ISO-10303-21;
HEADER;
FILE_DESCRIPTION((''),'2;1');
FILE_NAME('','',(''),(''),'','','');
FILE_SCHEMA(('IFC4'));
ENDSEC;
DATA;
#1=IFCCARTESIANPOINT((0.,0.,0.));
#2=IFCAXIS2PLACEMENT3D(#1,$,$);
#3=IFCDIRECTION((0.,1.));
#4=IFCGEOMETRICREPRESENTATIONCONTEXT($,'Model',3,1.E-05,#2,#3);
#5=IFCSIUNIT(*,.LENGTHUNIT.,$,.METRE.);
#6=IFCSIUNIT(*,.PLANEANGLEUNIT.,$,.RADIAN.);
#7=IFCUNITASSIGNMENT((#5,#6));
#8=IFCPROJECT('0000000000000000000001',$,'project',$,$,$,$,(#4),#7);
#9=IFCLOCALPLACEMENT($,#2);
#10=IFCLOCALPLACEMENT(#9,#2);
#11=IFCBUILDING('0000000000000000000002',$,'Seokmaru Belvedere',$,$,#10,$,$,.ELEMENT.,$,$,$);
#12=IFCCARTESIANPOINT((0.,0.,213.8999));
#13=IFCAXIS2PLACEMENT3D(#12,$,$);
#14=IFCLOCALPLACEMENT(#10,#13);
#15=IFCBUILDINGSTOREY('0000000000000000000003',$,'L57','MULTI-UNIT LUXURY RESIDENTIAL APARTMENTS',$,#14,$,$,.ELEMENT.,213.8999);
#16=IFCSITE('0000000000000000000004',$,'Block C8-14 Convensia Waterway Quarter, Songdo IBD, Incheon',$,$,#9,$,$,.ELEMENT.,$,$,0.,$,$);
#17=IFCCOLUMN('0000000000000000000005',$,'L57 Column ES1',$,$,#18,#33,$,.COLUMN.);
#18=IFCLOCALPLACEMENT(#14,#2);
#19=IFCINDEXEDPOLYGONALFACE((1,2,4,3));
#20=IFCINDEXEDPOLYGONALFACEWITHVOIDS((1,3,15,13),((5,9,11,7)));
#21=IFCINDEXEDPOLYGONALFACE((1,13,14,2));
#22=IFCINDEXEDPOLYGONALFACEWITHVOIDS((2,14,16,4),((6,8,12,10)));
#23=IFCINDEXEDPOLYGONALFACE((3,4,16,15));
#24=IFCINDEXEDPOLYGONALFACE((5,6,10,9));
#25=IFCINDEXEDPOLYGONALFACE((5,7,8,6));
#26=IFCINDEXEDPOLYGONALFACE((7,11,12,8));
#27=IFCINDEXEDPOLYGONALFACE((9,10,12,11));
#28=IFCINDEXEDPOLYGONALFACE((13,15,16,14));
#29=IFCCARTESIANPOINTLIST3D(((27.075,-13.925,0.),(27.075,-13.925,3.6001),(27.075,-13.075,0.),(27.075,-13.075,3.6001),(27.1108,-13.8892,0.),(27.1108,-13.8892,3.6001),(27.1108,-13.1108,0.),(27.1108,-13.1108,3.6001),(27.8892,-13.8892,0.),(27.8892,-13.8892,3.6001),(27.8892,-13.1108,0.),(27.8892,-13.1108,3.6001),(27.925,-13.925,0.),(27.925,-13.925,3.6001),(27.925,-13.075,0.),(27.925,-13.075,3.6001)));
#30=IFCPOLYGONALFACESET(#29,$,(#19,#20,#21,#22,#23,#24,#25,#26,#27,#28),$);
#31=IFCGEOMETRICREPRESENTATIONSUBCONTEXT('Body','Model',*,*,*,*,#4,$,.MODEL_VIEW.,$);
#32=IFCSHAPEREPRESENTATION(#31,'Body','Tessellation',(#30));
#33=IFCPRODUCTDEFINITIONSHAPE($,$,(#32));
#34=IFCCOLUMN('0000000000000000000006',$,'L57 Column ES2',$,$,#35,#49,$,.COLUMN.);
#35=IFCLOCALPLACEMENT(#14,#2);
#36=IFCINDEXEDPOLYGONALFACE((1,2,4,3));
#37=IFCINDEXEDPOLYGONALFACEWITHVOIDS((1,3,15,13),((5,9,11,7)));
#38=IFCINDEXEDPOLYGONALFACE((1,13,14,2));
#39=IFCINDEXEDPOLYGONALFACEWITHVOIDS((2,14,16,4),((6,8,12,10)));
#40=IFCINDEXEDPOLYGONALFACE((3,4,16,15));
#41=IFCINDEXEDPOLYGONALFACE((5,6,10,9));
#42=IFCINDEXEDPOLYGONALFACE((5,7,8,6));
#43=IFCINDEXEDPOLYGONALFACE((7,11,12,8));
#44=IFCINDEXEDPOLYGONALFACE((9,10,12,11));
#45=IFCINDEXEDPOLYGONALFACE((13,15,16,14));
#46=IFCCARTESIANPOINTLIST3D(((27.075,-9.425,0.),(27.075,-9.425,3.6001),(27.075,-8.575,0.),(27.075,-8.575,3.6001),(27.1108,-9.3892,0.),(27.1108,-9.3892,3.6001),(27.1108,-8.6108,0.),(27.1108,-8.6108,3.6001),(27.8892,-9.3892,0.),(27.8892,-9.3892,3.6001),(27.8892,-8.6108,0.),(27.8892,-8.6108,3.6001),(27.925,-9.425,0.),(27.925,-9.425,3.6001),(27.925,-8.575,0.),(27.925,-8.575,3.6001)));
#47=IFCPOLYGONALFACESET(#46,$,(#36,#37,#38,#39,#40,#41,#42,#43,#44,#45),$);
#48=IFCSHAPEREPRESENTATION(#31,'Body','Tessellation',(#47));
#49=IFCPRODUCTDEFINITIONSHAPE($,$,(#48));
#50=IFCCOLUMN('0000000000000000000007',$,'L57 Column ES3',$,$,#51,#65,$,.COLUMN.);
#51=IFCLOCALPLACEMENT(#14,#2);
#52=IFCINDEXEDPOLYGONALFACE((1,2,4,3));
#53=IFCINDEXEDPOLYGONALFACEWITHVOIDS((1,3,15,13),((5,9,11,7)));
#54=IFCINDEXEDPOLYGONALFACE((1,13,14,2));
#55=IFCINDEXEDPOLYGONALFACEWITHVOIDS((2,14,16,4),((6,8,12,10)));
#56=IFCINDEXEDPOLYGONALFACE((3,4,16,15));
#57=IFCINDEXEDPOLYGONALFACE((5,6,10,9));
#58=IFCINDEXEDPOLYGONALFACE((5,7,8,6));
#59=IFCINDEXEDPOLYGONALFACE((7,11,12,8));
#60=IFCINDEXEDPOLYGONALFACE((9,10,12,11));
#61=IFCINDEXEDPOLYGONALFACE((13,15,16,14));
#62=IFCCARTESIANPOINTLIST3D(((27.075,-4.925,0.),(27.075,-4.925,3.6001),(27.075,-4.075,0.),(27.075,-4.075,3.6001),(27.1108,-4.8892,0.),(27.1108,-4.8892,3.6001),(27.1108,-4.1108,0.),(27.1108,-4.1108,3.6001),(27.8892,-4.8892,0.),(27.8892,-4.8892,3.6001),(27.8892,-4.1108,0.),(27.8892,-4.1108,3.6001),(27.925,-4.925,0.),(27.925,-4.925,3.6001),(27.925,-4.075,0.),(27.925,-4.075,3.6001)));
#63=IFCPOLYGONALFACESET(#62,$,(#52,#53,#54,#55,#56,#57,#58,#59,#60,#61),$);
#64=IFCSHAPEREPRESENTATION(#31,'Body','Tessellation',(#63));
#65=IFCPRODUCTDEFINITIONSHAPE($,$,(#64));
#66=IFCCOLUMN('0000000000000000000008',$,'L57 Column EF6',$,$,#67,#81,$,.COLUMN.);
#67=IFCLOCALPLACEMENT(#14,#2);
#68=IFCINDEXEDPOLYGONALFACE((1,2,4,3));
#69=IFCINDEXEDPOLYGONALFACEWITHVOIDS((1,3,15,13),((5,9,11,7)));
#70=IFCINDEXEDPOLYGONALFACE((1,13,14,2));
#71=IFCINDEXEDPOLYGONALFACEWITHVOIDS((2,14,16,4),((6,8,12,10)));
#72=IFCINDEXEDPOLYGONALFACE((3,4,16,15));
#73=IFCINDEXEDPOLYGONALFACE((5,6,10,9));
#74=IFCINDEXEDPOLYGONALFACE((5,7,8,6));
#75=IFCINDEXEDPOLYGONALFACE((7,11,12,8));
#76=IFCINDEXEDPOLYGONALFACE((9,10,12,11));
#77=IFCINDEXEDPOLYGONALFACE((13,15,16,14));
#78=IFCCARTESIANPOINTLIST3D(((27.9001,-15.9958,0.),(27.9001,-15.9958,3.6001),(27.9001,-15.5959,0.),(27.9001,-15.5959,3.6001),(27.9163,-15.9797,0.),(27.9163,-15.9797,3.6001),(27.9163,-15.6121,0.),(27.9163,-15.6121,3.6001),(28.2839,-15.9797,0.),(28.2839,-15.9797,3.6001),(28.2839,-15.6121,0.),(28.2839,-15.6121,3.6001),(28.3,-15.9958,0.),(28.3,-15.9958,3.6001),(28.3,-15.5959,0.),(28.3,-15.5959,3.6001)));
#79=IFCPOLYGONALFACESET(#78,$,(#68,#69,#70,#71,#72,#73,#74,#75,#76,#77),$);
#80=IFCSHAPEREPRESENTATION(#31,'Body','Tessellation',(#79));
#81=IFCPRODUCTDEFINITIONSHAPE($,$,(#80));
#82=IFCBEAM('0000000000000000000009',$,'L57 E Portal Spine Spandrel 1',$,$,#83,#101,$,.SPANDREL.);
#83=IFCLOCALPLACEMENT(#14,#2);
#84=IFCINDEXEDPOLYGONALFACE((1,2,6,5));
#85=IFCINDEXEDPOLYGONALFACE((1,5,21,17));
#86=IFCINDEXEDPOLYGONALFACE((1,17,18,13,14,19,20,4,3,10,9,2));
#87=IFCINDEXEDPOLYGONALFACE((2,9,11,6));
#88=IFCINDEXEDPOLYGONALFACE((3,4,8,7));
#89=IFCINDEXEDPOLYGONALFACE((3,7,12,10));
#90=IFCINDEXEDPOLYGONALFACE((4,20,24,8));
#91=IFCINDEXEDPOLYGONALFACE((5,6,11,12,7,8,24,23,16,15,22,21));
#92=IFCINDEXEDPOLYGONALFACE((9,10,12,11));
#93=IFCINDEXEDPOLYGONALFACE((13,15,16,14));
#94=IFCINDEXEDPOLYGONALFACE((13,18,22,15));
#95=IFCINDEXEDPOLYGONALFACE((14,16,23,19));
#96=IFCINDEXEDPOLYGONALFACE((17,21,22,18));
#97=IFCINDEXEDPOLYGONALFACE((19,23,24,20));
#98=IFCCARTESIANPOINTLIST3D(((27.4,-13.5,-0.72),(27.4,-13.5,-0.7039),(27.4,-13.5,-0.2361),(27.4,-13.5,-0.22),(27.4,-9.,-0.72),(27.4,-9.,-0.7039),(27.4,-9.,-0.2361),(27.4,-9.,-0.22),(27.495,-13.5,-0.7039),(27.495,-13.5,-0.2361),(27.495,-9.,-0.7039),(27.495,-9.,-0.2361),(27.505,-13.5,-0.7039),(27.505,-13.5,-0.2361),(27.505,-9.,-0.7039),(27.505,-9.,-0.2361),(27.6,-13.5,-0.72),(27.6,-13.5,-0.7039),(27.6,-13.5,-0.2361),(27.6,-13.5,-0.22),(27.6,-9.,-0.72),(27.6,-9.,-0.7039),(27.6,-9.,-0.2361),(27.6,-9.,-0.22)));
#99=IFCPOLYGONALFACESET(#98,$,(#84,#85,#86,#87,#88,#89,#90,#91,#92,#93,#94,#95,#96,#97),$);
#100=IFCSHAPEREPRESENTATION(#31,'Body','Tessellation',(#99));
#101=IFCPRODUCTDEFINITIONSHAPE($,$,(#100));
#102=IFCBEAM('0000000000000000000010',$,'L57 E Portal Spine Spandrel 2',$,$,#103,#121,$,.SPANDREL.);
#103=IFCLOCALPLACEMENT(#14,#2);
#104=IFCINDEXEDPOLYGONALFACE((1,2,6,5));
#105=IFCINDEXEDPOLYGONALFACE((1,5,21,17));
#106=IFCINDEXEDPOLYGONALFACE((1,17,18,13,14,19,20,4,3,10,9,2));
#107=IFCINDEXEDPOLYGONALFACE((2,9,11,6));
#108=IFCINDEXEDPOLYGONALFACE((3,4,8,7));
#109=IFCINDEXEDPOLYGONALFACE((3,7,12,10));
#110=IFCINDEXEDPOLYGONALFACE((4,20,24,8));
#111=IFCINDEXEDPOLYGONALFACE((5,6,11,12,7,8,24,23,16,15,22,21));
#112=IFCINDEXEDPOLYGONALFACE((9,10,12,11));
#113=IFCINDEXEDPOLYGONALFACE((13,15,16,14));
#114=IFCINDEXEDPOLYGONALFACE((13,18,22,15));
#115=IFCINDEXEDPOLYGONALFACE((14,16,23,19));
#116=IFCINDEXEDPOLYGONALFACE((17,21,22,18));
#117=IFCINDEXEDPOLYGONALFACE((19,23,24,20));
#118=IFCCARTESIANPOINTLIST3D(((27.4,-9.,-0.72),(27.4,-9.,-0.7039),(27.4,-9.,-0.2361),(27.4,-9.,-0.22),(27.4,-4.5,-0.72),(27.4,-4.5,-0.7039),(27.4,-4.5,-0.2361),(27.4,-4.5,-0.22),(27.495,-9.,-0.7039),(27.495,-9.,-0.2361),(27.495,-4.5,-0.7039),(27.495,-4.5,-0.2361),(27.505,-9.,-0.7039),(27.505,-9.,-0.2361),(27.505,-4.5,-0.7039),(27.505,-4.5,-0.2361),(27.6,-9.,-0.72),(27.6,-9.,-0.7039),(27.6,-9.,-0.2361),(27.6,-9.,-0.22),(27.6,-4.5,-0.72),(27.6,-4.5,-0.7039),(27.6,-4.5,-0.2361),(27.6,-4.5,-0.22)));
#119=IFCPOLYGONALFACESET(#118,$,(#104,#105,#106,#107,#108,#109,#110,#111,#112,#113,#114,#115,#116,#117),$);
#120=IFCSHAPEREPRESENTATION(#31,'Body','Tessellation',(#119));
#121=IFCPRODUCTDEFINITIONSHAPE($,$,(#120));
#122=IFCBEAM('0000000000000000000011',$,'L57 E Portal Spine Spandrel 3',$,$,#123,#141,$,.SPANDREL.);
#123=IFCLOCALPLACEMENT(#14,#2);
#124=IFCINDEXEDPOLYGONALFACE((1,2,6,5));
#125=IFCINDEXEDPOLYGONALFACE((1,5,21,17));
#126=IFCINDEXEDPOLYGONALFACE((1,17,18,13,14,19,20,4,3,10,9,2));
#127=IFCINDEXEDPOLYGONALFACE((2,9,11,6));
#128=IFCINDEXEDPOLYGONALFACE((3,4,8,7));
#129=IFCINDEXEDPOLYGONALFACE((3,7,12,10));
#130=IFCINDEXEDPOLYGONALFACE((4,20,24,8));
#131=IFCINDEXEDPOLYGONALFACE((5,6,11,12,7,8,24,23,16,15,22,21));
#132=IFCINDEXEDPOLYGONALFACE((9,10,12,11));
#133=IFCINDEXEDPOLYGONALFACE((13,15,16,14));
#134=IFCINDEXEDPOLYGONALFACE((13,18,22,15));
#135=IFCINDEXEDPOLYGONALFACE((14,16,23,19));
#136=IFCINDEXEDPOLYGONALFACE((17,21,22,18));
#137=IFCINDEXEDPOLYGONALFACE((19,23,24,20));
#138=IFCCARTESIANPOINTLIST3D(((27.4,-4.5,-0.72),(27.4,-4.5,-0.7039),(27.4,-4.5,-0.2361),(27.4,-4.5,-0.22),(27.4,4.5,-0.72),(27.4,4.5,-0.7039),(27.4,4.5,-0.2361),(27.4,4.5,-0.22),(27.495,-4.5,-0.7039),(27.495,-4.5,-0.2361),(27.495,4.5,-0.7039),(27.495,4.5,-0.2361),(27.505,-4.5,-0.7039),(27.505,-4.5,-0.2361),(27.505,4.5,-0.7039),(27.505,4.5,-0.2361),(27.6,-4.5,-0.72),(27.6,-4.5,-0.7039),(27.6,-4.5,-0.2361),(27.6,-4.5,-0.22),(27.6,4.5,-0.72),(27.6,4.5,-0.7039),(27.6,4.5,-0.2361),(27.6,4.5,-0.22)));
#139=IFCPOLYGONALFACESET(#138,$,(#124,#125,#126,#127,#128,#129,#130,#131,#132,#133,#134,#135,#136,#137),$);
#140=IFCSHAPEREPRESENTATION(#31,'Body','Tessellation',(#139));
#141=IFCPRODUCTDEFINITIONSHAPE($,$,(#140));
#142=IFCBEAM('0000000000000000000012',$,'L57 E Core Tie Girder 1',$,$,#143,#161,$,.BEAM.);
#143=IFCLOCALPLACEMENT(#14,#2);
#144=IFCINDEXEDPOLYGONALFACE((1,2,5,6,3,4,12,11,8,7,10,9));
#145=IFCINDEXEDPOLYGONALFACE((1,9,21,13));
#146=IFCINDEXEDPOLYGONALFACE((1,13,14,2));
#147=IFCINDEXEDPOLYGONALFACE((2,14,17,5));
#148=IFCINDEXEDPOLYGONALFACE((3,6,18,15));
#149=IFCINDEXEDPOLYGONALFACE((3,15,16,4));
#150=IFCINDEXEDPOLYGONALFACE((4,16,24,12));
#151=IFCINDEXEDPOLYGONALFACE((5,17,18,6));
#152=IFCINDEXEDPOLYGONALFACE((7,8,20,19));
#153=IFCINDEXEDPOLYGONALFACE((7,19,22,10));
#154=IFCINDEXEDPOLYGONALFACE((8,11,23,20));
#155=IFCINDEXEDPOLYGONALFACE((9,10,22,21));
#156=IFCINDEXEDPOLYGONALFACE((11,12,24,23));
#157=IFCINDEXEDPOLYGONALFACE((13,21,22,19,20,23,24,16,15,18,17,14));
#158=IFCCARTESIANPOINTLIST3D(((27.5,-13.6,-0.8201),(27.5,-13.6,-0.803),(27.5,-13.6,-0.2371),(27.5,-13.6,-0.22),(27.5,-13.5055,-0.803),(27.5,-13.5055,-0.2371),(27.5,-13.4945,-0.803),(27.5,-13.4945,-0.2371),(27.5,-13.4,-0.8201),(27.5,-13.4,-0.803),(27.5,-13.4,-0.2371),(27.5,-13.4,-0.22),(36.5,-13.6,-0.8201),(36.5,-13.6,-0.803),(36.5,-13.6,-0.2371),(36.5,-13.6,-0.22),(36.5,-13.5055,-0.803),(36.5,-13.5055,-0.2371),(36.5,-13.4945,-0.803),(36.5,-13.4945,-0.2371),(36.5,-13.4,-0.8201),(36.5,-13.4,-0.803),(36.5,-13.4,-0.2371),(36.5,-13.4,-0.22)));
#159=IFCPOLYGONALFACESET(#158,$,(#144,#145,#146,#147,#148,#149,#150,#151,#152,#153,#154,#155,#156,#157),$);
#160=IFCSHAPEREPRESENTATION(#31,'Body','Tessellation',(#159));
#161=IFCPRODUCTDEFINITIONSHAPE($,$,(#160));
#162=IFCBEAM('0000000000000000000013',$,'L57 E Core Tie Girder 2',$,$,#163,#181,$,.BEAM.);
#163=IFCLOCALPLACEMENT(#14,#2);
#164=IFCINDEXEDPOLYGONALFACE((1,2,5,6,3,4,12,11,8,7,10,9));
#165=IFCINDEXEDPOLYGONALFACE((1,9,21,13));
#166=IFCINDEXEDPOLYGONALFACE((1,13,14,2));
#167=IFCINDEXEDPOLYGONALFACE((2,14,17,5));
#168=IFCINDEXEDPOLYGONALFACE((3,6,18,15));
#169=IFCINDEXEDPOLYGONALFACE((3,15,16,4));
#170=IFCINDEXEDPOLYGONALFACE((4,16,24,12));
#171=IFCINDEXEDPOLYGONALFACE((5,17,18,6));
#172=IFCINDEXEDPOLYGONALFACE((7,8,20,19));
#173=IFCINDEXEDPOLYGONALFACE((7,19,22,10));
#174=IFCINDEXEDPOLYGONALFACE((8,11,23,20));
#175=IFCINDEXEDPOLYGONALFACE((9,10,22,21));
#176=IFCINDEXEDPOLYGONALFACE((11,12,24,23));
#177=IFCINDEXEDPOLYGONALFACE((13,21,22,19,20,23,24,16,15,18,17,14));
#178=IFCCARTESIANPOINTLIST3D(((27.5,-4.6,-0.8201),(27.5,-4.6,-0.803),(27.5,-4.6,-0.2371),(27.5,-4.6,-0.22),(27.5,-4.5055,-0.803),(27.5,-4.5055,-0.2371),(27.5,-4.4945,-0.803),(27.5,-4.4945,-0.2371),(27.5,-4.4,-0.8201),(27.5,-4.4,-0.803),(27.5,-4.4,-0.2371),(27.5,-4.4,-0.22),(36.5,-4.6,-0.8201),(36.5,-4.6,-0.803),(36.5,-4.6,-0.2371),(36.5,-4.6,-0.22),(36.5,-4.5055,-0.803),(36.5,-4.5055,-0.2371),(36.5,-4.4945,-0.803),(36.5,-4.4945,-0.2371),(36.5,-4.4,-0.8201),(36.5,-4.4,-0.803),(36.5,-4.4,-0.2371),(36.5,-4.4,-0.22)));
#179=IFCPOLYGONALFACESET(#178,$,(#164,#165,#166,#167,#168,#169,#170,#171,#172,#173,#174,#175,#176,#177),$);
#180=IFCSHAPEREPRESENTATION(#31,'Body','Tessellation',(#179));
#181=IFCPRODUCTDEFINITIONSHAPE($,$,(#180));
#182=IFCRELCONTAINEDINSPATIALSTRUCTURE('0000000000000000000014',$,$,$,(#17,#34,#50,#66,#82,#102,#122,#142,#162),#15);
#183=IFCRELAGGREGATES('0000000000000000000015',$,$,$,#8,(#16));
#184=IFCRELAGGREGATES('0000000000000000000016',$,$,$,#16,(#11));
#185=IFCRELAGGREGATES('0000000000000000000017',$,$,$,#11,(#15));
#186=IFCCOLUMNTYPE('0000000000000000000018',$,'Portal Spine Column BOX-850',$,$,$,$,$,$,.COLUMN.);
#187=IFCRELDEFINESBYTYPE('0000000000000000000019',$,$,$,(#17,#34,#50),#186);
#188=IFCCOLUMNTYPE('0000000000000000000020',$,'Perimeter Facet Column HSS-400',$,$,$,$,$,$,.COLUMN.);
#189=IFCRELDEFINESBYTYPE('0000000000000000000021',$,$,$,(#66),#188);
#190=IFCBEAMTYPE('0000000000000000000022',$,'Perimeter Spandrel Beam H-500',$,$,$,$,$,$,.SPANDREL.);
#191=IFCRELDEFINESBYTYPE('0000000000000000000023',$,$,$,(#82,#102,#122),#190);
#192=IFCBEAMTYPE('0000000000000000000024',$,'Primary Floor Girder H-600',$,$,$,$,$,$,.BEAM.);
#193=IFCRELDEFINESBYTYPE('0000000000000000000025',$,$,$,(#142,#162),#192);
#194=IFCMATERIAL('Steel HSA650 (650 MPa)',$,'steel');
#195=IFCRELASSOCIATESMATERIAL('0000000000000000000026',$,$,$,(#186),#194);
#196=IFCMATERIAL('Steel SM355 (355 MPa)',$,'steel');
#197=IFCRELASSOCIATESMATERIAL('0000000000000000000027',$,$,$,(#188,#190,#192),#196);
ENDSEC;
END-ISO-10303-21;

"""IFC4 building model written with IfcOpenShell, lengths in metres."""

from ifc_helpers import new_model, si_unit, direction, frame, origin, origin_2d, place, context, subcontext, project, spatial, hollow_rectangle, i_section, extrude, source, transform, mapped, material, material_profile, profile_set, type_object, type_shapes, element, save


model = new_model("IFC4")

# Units and contexts
model_context = context("Model", 3, precision=1e-05, world=origin(), true_north=direction((0.0, 1.0)))
body_context = subcontext(model_context, "Body", "Model", "MODEL_VIEW")
ifc_project = project(units=[si_unit("LENGTHUNIT", "METRE"), si_unit("PLANEANGLEUNIT", "RADIAN")], contexts=[model_context])

# Site, building, storey
site_placement = place(None, origin())
site = spatial("IfcSite", under=ifc_project, at=site_placement, Name="Block C8-14 Convensia Waterway Quarter, Songdo IBD, Incheon", CompositionType="ELEMENT", RefElevation=0.0)
building_placement = place(site_placement, origin())
building = spatial("IfcBuilding", under=site, at=building_placement, Name="Seokmaru Belvedere", CompositionType="ELEMENT")
storey_placement = place(building_placement, frame((0.0, 0.0, 213.8999)))
storey = spatial("IfcBuildingStorey", under=building, at=storey_placement, Name="L57", Description="MULTI-UNIT LUXURY RESIDENTIAL APARTMENTS", CompositionType="ELEMENT", Elevation=213.8999)

# Columns
ifc_material_1 = material(Name="Steel HSA650 (650 MPa)", Category="steel")
ifc_material_profile_1 = material_profile(ifc_material_1, hollow_rectangle(XDim=0.8501, YDim=0.8501, WallThickness=0.0359, at=origin_2d()), Name="BOX-850x850x36")
ifc_profile_set_1 = profile_set([ifc_material_profile_1], Name="Steel HSA650 (650 MPa)")
column_type_1 = type_object("IfcColumnType", Name="Portal Spine Column BOX-850", PredefinedType="COLUMN", material=ifc_profile_set_1)
shared_shape_1 = source(origin(), body_context, "Body", "SweptSolid", [
    extrude(hollow_rectangle(XDim=0.8501, YDim=0.8501, WallThickness=0.0359, at=origin_2d()), origin(), (0.0, 0.0, 1.0), 3.6001),
])
type_shapes(column_type_1, [shared_shape_1])
for number, where, z_axis, x_axis, name in (
    (1, (27.5, -13.5, 0.0), (0.0, 0.0, 1.0), (1.0, 0.0, 0.0), "L57 Column ES1"),
    (2, (27.5, -9.0, 0.0), (0.0, 0.0, 1.0), (1.0, 0.0, 0.0), "L57 Column ES2"),
    (3, (27.5, -4.5, 0.0), (0.0, 0.0, 1.0), (1.0, 0.0, 0.0), "L57 Column ES3"),
):
    element("IfcColumn", number, at=place(storey_placement, frame(where, z_axis=z_axis, x_axis=x_axis)), inside=storey, type_object=column_type_1, Name=name, PredefinedType="COLUMN", context=body_context, shape_type="MappedRepresentation", body=[
        mapped(shared_shape_1, transform((0.0, 0.0, 0.0), scale=1.0)),
    ])
ifc_material_2 = material(Name="Steel SM355 (355 MPa)", Category="steel")
ifc_material_profile_2 = material_profile(ifc_material_2, hollow_rectangle(XDim=0.3999, YDim=0.3999, WallThickness=0.0161, at=origin_2d()), Name="HSS-400x400x16")
ifc_profile_set_2 = profile_set([ifc_material_profile_2], Name="Steel SM355 (355 MPa)")
column_type_2 = type_object("IfcColumnType", Name="Perimeter Facet Column HSS-400", PredefinedType="COLUMN", material=ifc_profile_set_2)
shared_shape_2 = source(origin(), body_context, "Body", "SweptSolid", [
    extrude(hollow_rectangle(XDim=0.3999, YDim=0.3999, WallThickness=0.0161, at=origin_2d()), origin(), (0.0, 0.0, 1.0), 3.6001),
])
type_shapes(column_type_2, [shared_shape_2])
column_placement = place(storey_placement, frame((28.1001, -15.7959, 0.0), z_axis=(0.0, 0.0, 1.0), x_axis=(1.0, 0.0, 0.0)))
element("IfcColumn", 4, at=column_placement, inside=storey, type_object=column_type_2, Name="L57 Column EF6", PredefinedType="COLUMN", context=body_context, shape_type="MappedRepresentation", body=[
    mapped(shared_shape_2, transform((0.0, 0.0, 0.0), scale=1.0)),
])

# Beams
ifc_material_profile_3 = material_profile(ifc_material_2, i_section(OverallWidth=0.2, OverallDepth=0.5, WebThickness=0.01, FlangeThickness=0.0161, at=origin_2d()), Name="H-500x200x10x16")
ifc_profile_set_3 = profile_set([ifc_material_profile_3], Name="Steel SM355 (355 MPa)")
beam_type_1 = type_object("IfcBeamType", Name="Perimeter Spandrel Beam H-500", PredefinedType="SPANDREL", material=ifc_profile_set_3)
shared_shape_3 = source(origin(), body_context, "Body", "SweptSolid", [
    extrude(i_section(OverallWidth=0.2, OverallDepth=0.5, WebThickness=0.01, FlangeThickness=0.0161, at=origin_2d()), origin(), (0.0, 0.0, 1.0), 4.5),
])
for number, where, z_axis, x_axis, name in (
    (5, (27.5, -13.5, -0.47), (0.0, 1.0, 0.0), (-1.0, 0.0, 0.0), "L57 E Portal Spine Spandrel 1"),
    (6, (27.5, -9.0, -0.47), (0.0, 1.0, 0.0), (-1.0, 0.0, 0.0), "L57 E Portal Spine Spandrel 2"),
):
    element("IfcBeam", number, at=place(storey_placement, frame(where, z_axis=z_axis, x_axis=x_axis)), inside=storey, type_object=beam_type_1, Name=name, PredefinedType="SPANDREL", context=body_context, shape_type="MappedRepresentation", body=[
        mapped(shared_shape_3, transform((0.0, 0.0, 0.0), scale=1.0)),
    ])
shared_shape_4 = source(origin(), body_context, "Body", "SweptSolid", [
    extrude(i_section(OverallWidth=0.2, OverallDepth=0.5, WebThickness=0.01, FlangeThickness=0.0161, at=origin_2d()), origin(), (0.0, 0.0, 1.0), 9.0),
])
beam_1_placement = place(storey_placement, frame((27.5, -4.5, -0.47), z_axis=(0.0, 1.0, 0.0), x_axis=(-1.0, 0.0, 0.0)))
element("IfcBeam", 7, at=beam_1_placement, inside=storey, type_object=beam_type_1, Name="L57 E Portal Spine Spandrel 3", PredefinedType="SPANDREL", context=body_context, shape_type="MappedRepresentation", body=[
    mapped(shared_shape_4, transform((0.0, 0.0, 0.0), scale=1.0)),
])
ifc_material_profile_4 = material_profile(ifc_material_2, i_section(OverallWidth=0.2, OverallDepth=0.6001, WebThickness=0.011, FlangeThickness=0.0171, at=origin_2d()), Name="H-600x200x11x17")
ifc_profile_set_4 = profile_set([ifc_material_profile_4], Name="Steel SM355 (355 MPa)")
beam_type_2 = type_object("IfcBeamType", Name="Primary Floor Girder H-600", PredefinedType="BEAM", material=ifc_profile_set_4)
shared_shape_5 = source(origin(), body_context, "Body", "SweptSolid", [
    extrude(i_section(OverallWidth=0.2, OverallDepth=0.6001, WebThickness=0.011, FlangeThickness=0.0171, at=origin_2d()), origin(), (0.0, 0.0, 1.0), 9.0),
])
type_shapes(beam_type_2, [shared_shape_5])
for number, where, z_axis, x_axis, name in (
    (8, (27.5, -13.5, -0.52), (1.0, 0.0, 0.0), (0.0, 1.0, 0.0), "L57 E Core Tie Girder 1"),
    (9, (27.5, -4.5, -0.52), (1.0, 0.0, 0.0), (0.0, 1.0, 0.0), "L57 E Core Tie Girder 2"),
):
    element("IfcBeam", number, at=place(storey_placement, frame(where, z_axis=z_axis, x_axis=x_axis)), inside=storey, type_object=beam_type_2, Name=name, PredefinedType="BEAM", context=body_context, shape_type="MappedRepresentation", body=[
        mapped(shared_shape_5, transform((0.0, 0.0, 0.0), scale=1.0)),
    ])

save(model, "model.ifc")
